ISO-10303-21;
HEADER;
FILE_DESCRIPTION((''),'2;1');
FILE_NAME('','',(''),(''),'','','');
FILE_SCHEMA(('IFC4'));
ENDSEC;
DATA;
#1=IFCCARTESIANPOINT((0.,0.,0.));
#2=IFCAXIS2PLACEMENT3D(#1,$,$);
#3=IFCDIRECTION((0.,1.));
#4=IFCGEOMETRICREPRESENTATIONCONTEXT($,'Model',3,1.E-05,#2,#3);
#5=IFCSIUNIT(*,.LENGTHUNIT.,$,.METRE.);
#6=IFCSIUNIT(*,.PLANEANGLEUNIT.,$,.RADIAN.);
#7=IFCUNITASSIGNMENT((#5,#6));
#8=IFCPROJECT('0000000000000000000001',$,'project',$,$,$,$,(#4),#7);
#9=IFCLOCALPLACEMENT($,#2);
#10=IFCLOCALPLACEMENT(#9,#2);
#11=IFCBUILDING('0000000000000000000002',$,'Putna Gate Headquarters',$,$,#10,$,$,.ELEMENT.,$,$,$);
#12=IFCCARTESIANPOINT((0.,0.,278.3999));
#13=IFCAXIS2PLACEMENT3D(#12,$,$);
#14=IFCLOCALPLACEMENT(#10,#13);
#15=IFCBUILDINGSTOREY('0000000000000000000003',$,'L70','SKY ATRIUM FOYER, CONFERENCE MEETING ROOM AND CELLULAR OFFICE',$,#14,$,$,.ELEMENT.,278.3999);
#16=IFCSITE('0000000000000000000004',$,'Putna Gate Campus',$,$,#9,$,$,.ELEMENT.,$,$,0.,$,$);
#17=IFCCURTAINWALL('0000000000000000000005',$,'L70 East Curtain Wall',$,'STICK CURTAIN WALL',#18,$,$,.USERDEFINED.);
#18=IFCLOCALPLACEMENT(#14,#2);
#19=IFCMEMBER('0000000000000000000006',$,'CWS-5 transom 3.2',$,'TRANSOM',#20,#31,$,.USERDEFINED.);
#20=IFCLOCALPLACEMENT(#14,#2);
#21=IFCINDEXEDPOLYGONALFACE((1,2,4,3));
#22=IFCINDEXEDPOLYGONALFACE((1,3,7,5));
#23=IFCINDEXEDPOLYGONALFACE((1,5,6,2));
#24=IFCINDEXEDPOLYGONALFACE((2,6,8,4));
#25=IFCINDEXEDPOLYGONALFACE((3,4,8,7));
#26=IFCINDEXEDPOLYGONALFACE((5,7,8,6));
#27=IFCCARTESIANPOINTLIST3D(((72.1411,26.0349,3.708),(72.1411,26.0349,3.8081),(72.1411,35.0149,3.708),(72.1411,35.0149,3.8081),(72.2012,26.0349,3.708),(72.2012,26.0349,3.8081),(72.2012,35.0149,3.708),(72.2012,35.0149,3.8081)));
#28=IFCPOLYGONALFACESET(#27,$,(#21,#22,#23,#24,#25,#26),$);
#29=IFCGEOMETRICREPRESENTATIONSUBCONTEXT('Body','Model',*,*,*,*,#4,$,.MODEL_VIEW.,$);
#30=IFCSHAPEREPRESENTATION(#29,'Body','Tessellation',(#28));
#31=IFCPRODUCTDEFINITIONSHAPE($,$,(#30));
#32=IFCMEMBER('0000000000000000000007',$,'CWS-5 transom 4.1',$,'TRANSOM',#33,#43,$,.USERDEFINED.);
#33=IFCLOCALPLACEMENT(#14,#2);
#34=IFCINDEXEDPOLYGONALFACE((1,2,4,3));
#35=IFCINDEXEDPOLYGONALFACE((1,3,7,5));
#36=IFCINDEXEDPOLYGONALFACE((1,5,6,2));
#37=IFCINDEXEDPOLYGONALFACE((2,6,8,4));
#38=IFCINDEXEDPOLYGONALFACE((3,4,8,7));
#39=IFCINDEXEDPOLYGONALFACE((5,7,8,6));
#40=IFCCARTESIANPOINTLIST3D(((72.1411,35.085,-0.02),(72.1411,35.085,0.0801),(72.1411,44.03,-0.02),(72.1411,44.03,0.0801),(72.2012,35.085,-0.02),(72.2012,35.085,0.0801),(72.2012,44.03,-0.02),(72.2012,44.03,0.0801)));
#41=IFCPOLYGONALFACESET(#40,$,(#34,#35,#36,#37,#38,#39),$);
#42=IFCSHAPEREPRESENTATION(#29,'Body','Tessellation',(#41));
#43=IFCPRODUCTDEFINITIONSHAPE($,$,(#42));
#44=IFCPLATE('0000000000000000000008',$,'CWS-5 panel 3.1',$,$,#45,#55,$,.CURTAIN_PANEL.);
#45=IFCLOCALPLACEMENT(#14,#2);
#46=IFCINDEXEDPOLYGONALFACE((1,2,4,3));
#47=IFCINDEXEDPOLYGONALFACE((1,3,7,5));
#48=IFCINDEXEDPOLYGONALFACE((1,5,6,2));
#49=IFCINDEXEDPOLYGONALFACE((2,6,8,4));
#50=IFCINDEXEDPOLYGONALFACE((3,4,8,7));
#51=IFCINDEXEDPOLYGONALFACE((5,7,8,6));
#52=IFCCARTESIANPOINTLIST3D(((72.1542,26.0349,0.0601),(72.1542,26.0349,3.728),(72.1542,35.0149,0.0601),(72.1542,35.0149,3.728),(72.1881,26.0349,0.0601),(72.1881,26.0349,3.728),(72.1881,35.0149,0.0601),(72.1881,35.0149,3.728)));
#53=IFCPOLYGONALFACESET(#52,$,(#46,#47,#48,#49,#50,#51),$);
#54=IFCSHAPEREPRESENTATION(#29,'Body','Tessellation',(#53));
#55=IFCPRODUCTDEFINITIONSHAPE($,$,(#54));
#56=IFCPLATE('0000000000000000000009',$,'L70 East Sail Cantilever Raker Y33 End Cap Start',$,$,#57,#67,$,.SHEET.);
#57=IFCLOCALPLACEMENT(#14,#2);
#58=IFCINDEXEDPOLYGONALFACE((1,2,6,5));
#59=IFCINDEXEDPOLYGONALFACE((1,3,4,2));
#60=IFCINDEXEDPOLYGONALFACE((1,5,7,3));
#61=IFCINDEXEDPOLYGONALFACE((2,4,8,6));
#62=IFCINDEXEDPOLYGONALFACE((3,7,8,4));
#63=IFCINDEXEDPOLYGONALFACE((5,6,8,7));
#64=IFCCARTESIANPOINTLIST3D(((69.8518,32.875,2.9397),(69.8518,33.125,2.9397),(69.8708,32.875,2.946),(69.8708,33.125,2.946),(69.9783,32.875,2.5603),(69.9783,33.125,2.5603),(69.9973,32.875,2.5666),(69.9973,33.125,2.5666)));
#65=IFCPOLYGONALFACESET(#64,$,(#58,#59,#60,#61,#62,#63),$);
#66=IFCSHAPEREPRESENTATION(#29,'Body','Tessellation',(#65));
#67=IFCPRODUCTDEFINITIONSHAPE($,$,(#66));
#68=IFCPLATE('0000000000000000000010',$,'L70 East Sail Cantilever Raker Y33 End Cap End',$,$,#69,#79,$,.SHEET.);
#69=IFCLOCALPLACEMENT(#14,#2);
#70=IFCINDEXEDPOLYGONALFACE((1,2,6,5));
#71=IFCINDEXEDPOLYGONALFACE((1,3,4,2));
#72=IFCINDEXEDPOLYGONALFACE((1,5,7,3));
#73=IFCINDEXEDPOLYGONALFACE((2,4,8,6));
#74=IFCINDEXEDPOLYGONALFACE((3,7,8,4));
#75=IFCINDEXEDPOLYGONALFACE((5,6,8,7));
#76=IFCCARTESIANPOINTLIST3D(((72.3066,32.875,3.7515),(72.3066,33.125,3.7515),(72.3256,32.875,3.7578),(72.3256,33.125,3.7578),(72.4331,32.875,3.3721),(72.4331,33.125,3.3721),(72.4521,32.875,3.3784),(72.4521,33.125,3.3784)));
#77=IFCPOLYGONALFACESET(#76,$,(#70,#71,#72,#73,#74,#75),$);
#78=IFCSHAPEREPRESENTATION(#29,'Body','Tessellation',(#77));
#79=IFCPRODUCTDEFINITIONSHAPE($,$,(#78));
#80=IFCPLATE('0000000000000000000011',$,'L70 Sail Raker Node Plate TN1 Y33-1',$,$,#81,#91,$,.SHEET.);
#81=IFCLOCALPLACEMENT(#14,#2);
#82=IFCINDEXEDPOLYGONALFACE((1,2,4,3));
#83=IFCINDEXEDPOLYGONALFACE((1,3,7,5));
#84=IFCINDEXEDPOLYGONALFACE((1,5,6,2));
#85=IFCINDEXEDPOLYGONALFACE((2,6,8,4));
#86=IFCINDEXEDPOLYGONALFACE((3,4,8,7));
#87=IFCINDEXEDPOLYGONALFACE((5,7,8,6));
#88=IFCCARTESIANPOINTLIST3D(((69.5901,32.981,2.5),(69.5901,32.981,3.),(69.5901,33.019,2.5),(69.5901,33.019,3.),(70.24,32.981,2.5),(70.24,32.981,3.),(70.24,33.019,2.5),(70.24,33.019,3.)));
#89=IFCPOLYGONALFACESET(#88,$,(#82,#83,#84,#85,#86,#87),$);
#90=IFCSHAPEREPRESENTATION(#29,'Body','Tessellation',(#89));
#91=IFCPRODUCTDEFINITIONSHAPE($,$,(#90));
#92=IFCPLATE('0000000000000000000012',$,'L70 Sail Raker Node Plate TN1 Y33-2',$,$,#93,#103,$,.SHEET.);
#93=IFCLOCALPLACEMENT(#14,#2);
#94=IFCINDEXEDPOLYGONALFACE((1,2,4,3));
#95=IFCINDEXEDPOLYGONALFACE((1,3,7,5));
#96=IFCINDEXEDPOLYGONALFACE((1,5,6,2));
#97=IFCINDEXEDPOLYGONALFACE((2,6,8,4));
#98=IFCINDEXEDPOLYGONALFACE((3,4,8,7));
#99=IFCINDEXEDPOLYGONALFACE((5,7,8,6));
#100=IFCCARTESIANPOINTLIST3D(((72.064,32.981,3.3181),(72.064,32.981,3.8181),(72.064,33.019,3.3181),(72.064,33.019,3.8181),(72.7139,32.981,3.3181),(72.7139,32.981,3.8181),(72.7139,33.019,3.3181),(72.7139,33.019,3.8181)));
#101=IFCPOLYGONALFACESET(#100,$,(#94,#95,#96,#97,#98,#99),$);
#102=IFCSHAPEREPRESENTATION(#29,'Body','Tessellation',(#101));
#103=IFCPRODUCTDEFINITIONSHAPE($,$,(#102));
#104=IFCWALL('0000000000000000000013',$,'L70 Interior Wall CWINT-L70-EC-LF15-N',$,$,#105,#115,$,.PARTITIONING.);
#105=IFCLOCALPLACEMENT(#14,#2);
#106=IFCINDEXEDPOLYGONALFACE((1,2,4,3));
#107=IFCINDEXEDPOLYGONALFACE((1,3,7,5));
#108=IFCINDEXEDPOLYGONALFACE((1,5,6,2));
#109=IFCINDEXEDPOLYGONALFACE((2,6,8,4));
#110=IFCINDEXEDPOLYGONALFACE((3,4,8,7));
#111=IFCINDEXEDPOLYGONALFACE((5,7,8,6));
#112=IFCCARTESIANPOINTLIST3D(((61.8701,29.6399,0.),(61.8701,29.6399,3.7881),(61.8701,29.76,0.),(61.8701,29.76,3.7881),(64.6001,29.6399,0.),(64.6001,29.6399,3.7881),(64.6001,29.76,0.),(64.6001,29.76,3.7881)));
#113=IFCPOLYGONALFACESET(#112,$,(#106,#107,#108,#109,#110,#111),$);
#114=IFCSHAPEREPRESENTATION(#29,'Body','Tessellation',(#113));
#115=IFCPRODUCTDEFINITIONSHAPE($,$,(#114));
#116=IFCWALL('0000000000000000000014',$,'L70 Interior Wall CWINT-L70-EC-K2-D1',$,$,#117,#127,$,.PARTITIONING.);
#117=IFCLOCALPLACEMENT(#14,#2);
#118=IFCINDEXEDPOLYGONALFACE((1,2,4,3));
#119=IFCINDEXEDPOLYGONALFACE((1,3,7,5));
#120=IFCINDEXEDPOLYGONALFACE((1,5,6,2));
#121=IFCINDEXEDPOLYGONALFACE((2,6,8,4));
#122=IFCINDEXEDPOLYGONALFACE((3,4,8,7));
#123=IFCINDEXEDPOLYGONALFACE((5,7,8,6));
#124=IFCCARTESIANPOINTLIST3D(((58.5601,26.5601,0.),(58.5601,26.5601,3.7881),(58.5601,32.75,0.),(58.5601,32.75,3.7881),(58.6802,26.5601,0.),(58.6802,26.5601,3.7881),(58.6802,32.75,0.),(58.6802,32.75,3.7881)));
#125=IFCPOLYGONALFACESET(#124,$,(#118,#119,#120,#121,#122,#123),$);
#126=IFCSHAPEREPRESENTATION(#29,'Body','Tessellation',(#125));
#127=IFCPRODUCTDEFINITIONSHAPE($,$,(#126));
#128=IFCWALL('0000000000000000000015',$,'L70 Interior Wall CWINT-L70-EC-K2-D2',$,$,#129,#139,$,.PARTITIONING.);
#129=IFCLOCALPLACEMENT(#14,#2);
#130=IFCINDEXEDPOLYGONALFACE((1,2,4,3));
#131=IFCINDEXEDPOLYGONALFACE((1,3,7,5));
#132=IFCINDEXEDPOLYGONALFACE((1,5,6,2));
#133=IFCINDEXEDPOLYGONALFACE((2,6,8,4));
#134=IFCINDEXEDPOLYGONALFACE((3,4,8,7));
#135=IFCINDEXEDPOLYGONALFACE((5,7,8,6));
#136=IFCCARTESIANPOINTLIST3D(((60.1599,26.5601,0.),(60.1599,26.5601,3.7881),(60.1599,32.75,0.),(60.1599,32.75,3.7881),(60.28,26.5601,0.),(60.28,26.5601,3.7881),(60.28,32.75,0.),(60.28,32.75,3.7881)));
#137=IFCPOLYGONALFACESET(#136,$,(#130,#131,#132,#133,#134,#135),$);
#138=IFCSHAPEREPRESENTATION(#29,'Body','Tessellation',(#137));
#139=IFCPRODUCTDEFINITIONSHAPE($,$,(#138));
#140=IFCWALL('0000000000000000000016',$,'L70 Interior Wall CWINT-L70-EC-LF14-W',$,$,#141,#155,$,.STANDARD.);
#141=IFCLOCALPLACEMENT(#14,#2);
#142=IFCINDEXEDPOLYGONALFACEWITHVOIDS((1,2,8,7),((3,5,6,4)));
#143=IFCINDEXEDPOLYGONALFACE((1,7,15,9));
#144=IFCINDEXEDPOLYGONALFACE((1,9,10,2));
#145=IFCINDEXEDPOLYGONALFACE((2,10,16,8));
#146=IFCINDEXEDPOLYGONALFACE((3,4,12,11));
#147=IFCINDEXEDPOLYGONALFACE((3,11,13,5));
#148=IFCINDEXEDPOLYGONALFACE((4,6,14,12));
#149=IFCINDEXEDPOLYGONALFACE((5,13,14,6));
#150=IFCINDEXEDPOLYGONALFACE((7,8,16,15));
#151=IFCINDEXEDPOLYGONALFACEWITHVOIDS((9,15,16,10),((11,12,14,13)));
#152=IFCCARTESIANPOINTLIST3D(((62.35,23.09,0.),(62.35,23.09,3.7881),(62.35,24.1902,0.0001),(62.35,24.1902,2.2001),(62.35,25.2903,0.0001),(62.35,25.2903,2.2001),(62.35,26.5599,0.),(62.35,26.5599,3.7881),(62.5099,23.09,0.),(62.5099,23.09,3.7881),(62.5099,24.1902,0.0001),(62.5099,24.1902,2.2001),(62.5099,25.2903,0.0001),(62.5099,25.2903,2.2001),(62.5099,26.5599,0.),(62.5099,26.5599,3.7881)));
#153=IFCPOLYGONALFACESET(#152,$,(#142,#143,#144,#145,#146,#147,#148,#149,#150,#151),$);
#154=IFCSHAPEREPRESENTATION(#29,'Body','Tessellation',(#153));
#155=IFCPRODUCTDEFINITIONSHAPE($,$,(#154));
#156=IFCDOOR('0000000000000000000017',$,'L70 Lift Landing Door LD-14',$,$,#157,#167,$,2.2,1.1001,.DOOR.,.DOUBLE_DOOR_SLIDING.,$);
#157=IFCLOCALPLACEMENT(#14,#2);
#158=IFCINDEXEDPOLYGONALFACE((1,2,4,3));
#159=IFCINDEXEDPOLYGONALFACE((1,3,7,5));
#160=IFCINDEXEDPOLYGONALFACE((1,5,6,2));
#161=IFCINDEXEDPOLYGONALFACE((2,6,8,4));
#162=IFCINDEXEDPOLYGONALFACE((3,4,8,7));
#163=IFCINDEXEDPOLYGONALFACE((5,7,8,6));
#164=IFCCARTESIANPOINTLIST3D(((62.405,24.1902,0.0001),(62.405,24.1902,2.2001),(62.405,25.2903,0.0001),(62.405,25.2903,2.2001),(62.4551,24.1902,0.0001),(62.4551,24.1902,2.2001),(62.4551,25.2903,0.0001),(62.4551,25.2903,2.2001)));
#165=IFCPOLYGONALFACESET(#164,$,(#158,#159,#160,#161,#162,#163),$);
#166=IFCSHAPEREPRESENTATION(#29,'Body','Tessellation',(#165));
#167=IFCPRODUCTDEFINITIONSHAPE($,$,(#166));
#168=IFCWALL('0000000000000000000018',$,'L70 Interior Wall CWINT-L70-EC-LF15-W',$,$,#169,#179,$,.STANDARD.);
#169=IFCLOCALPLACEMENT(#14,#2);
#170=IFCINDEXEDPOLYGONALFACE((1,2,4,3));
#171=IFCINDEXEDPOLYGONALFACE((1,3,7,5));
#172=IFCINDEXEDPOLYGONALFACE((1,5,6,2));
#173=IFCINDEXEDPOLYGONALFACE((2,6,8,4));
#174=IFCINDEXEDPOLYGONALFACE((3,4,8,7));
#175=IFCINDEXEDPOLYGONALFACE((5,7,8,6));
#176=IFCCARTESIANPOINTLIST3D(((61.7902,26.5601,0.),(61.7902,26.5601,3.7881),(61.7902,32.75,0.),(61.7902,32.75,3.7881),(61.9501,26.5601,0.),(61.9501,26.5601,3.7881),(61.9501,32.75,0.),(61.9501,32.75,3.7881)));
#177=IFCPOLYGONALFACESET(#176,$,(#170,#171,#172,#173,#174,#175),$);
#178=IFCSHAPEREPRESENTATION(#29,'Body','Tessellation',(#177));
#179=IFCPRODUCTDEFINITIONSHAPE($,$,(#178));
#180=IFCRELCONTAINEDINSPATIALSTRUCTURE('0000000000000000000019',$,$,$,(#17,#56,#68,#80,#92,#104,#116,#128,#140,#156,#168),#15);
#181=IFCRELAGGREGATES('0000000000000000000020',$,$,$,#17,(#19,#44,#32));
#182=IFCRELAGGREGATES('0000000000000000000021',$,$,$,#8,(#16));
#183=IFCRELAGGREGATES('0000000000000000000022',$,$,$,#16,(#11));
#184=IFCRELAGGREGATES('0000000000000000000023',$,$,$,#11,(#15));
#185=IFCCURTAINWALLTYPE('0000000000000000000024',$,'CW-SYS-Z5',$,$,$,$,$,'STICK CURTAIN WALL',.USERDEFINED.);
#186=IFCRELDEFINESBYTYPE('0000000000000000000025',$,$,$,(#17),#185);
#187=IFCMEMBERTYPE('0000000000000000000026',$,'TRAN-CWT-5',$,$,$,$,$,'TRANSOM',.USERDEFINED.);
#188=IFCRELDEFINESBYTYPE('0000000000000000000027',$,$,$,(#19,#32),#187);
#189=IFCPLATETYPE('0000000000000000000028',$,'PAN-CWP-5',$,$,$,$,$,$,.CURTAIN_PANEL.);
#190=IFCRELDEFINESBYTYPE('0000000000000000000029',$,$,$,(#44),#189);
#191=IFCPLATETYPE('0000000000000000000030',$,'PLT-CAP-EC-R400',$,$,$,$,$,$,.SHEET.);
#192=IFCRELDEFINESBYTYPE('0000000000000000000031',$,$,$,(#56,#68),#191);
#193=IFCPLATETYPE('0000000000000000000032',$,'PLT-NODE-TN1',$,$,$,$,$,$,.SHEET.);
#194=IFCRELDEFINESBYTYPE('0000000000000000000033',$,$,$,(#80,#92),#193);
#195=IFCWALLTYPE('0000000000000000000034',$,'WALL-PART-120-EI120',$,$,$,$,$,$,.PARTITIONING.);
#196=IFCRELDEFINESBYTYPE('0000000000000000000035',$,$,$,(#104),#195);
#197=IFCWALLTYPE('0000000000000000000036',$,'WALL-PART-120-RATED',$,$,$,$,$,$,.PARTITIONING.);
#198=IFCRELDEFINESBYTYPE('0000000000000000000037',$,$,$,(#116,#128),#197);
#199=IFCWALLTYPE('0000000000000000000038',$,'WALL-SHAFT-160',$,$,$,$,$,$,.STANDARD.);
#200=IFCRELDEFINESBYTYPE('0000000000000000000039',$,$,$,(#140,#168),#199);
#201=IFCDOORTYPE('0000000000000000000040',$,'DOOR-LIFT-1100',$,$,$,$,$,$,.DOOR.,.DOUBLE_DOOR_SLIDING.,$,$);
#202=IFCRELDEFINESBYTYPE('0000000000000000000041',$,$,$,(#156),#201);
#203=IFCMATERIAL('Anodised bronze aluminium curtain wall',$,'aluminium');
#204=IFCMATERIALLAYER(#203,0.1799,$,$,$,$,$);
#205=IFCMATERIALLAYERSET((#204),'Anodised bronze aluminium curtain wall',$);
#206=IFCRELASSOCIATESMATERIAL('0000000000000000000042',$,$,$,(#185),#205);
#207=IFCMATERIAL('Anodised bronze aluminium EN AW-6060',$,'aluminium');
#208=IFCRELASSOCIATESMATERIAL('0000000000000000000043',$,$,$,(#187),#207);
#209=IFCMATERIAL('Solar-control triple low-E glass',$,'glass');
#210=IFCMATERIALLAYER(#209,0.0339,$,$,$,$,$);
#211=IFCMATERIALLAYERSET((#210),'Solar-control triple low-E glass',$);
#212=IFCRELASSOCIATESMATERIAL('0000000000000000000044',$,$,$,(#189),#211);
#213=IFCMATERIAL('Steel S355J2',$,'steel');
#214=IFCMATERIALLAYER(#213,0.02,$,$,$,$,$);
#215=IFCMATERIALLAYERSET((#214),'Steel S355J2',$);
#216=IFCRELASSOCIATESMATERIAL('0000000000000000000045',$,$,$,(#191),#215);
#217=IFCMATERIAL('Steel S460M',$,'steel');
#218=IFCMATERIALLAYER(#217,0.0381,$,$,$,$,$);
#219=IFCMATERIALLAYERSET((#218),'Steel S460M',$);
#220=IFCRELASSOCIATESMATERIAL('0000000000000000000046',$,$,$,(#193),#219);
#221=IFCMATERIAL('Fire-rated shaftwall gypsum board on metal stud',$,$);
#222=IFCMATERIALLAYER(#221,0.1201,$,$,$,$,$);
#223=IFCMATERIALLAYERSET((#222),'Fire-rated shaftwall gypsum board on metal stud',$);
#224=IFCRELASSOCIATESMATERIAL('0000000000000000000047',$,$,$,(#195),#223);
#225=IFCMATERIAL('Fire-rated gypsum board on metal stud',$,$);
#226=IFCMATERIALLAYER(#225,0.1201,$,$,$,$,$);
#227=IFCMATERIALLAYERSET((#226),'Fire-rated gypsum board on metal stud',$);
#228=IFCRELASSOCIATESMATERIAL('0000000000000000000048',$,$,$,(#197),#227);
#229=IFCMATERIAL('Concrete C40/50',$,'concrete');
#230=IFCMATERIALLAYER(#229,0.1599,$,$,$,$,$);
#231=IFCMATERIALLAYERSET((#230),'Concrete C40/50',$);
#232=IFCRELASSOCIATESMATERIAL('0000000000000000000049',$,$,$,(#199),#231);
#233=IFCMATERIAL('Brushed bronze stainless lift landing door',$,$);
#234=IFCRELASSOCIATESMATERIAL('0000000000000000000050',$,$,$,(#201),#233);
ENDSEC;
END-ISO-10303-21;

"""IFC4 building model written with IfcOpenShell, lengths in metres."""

from ifc_helpers import new_model, si_unit, direction, frame, frame_2d, origin, origin_2d, place, context, subcontext, project, spatial, rectangle, extrude, material, layer, layer_set, material_profile, profile_set, type_object, element, fill, aggregate, save


model = new_model("IFC4")

# Units and contexts
model_context = context("Model", 3, precision=1e-05, world=origin(), true_north=direction((0.0, 1.0)))
body_context = subcontext(model_context, "Body", "Model", "MODEL_VIEW")
ifc_project = project(units=[si_unit("LENGTHUNIT", "METRE"), si_unit("PLANEANGLEUNIT", "RADIAN")], contexts=[model_context])

# Site, building, storey
site_placement = place(None, origin())
site = spatial("IfcSite", under=ifc_project, at=site_placement, Name="Putna Gate Campus", CompositionType="ELEMENT", RefElevation=0.0)
building_placement = place(site_placement, origin())
building = spatial("IfcBuilding", under=site, at=building_placement, Name="Putna Gate Headquarters", CompositionType="ELEMENT")
storey_placement = place(building_placement, frame((0.0, 0.0, 278.3999)))
storey = spatial("IfcBuildingStorey", under=building, at=storey_placement, Name="L70", Description="SKY ATRIUM FOYER, CONFERENCE MEETING ROOM AND CELLULAR OFFICE", CompositionType="ELEMENT", Elevation=278.3999)

# Shared definitions
ifc_material_1 = material(Name="Steel S460M", Category="steel")

# Shared definitions
ifc_material_2 = material(Name="Steel S355J2", Category="steel")

# Curtain wall, members, plate
ifc_material_3 = material(Name="Anodised bronze aluminium curtain wall", Category="aluminium")
ifc_layer_1 = layer(ifc_material_3, 0.1799)
ifc_layer_set_1 = layer_set([ifc_layer_1], Name="Anodised bronze aluminium curtain wall")
curtain_wall_type = type_object("IfcCurtainWallType", Name="CW-SYS-Z5", ElementType="STICK CURTAIN WALL", PredefinedType="USERDEFINED", material=ifc_layer_set_1)
curtain_wall_placement = place(storey_placement, origin())
curtain_wall = element("IfcCurtainWall", 1, at=curtain_wall_placement, inside=storey, type_object=curtain_wall_type, Name="L70 East Curtain Wall", ObjectType="STICK CURTAIN WALL", PredefinedType="USERDEFINED")
ifc_material_4 = material(Name="Anodised bronze aluminium EN AW-6060", Category="aluminium")
ifc_material_profile_1 = material_profile(ifc_material_4, rectangle(XDim=0.0601, YDim=0.1001, at=origin_2d()), Name="Anodised bronze aluminium EN AW-6060")
ifc_profile_set_1 = profile_set([ifc_material_profile_1], Name="Anodised bronze aluminium EN AW-6060")
member_type_1 = type_object("IfcMemberType", Name="TRAN-CWT-5", ElementType="TRANSOM", PredefinedType="USERDEFINED", material=ifc_profile_set_1)
member_1_placement = place(storey_placement, frame((72.1711, 26.0349, 3.7581), z_axis=(0.0, 1.0, 0.0), x_axis=(-1.0, 0.0, 0.0)))
member_1 = element("IfcMember", 2, at=member_1_placement, type_object=member_type_1, Name="CWS-5 transom 3.2", ObjectType="TRANSOM", PredefinedType="USERDEFINED", context=body_context, shape_type="SweptSolid", body=[
    extrude(rectangle(XDim=0.0601, YDim=0.1001, at=origin_2d()), origin(), (0.0, 0.0, 1.0), 8.98),
])
member_2_placement = place(storey_placement, frame((72.1711, 35.085, 0.03), z_axis=(0.0, 1.0, 0.0), x_axis=(-1.0, 0.0, 0.0)))
member_2 = element("IfcMember", 3, at=member_2_placement, type_object=member_type_1, Name="CWS-5 transom 4.1", ObjectType="TRANSOM", PredefinedType="USERDEFINED", context=body_context, shape_type="SweptSolid", body=[
    extrude(rectangle(XDim=0.0601, YDim=0.1001, at=origin_2d()), origin(), (0.0, 0.0, 1.0), 8.9451),
])
ifc_material_5 = material(Name="Solar-control triple low-E glass", Category="glass")
ifc_layer_2 = layer(ifc_material_5, 0.0339)
ifc_layer_set_2 = layer_set([ifc_layer_2], Name="Solar-control triple low-E glass")
plate_type_1 = type_object("IfcPlateType", Name="PAN-CWP-5", PredefinedType="CURTAIN_PANEL", material=ifc_layer_set_2)
plate_placement = place(storey_placement, frame((72.1711, 30.5249, 0.0601), z_axis=(0.0, 0.0, 1.0), x_axis=(0.0, 1.0, 0.0)))
plate = element("IfcPlate", 4, at=plate_placement, type_object=plate_type_1, Name="CWS-5 panel 3.1", PredefinedType="CURTAIN_PANEL", context=body_context, shape_type="SweptSolid", body=[
    extrude(rectangle(XDim=8.98, YDim=0.0339, at=origin_2d()), origin(), (0.0, 0.0, 1.0), 3.668),
])
aggregate(curtain_wall, [member_1, plate, member_2])

# Plates
ifc_layer_3 = layer(ifc_material_2, 0.02)
ifc_layer_set_3 = layer_set([ifc_layer_3], Name="Steel S355J2")
plate_type_2 = type_object("IfcPlateType", Name="PLT-CAP-EC-R400", PredefinedType="SHEET", material=ifc_layer_set_3)
for number, where, z_axis, x_axis, name in (
    (5, (69.915, 33.0, 2.75), (0.948683, 0.0, 0.316228), (0.0, 1.0, 0.0), "L70 East Sail Cantilever Raker Y33 End Cap Start"),
    (6, (72.3699, 33.0, 3.5618), (0.948683, 0.0, 0.316228), (0.0, 1.0, 0.0), "L70 East Sail Cantilever Raker Y33 End Cap End"),
):
    element("IfcPlate", number, at=place(storey_placement, frame(where, z_axis=z_axis, x_axis=x_axis)), inside=storey, type_object=plate_type_2, Name=name, PredefinedType="SHEET", context=body_context, shape_type="SweptSolid", body=[
        extrude(rectangle(XDim=0.25, YDim=0.3999, at=origin_2d()), origin(), (0.0, 0.0, 1.0), 0.02),
    ])
ifc_layer_4 = layer(ifc_material_1, 0.0381)
ifc_layer_set_4 = layer_set([ifc_layer_4], Name="Steel S460M")
plate_type_3 = type_object("IfcPlateType", Name="PLT-NODE-TN1", PredefinedType="SHEET", material=ifc_layer_set_4)
for number, where, z_axis, x_axis, name in (
    (7, (69.915, 33.0, 2.5), (0.0, 0.0, 1.0), (1.0, 0.0, 0.0), "L70 Sail Raker Node Plate TN1 Y33-1"),
    (8, (72.3889, 33.0, 3.3181), (0.0, 0.0, 1.0), (1.0, 0.0, 0.0), "L70 Sail Raker Node Plate TN1 Y33-2"),
):
    element("IfcPlate", number, at=place(storey_placement, frame(where, z_axis=z_axis, x_axis=x_axis)), inside=storey, type_object=plate_type_3, Name=name, PredefinedType="SHEET", context=body_context, shape_type="SweptSolid", body=[
        extrude(rectangle(XDim=0.6499, YDim=0.0381, at=origin_2d()), origin(), (0.0, 0.0, 1.0), 0.5),
    ])

# Walls
ifc_material_6 = material(Name="Fire-rated shaftwall gypsum board on metal stud")
ifc_layer_5 = layer(ifc_material_6, 0.1201)
ifc_layer_set_5 = layer_set([ifc_layer_5], Name="Fire-rated shaftwall gypsum board on metal stud")
wall_type_1 = type_object("IfcWallType", Name="WALL-PART-120-EI120", PredefinedType="PARTITIONING", material=ifc_layer_set_5)
wall_1_placement = place(storey_placement, frame((61.8701, 29.7, 0.0), z_axis=(0.0, 0.0, 1.0), x_axis=(1.0, 0.0, 0.0)))
element("IfcWall", 9, at=wall_1_placement, inside=storey, type_object=wall_type_1, Name="L70 Interior Wall CWINT-L70-EC-LF15-N", PredefinedType="PARTITIONING", context=body_context, shape_type="SweptSolid", body=[
    extrude(rectangle(XDim=2.73, YDim=0.1201, at=frame_2d((1.365, 0.0))), origin(), (0.0, 0.0, 1.0), 3.7881),
])
ifc_material_7 = material(Name="Fire-rated gypsum board on metal stud")
ifc_layer_6 = layer(ifc_material_7, 0.1201)
ifc_layer_set_6 = layer_set([ifc_layer_6], Name="Fire-rated gypsum board on metal stud")
wall_type_2 = type_object("IfcWallType", Name="WALL-PART-120-RATED", PredefinedType="PARTITIONING", material=ifc_layer_set_6)
for number, where, z_axis, x_axis, name in (
    (10, (58.6201, 26.5601, 0.0), (0.0, 0.0, 1.0), (0.0, 1.0, 0.0), "L70 Interior Wall CWINT-L70-EC-K2-D1"),
    (11, (60.22, 26.5601, 0.0), (0.0, 0.0, 1.0), (0.0, 1.0, 0.0), "L70 Interior Wall CWINT-L70-EC-K2-D2"),
):
    element("IfcWall", number, at=place(storey_placement, frame(where, z_axis=z_axis, x_axis=x_axis)), inside=storey, type_object=wall_type_2, Name=name, PredefinedType="PARTITIONING", context=body_context, shape_type="SweptSolid", body=[
        extrude(rectangle(XDim=6.1899, YDim=0.1201, at=frame_2d((3.095, 0.0))), origin(), (0.0, 0.0, 1.0), 3.7881),
    ])

# Wall, opening, door
ifc_material_8 = material(Name="Concrete C40/50", Category="concrete")
ifc_layer_7 = layer(ifc_material_8, 0.1599)
ifc_layer_set_7 = layer_set([ifc_layer_7], Name="Concrete C40/50")
wall_type_3 = type_object("IfcWallType", Name="WALL-SHAFT-160", PredefinedType="STANDARD", material=ifc_layer_set_7)
wall_2_placement = place(storey_placement, frame((62.4299, 23.0901, 0.0), z_axis=(0.0, 0.0, 1.0), x_axis=(0.0, 1.0, 0.0)))
wall_2 = element("IfcWall", 12, at=wall_2_placement, inside=storey, type_object=wall_type_3, Name="L70 Interior Wall CWINT-L70-EC-LF14-W", PredefinedType="STANDARD", context=body_context, shape_type="SweptSolid", body=[
    extrude(rectangle(XDim=3.47, YDim=0.1599, at=frame_2d((1.7349, 0.0))), origin(), (0.0, 0.0, 1.0), 3.7881),
])
opening_placement = place(wall_2_placement, frame((1.1001, 0.0, 0.0)))
opening = element("IfcOpeningElement", 13, at=opening_placement, cuts=wall_2, PredefinedType="OPENING", context=body_context, shape_type="SweptSolid", body=[
    extrude(rectangle(XDim=1.1001, YDim=2.2, at=frame_2d((0.55, 1.1001))), frame((0.0, 0.0898, 0.0), z_axis=(0.0, -1.0, 0.0), x_axis=(1.0, 0.0, 0.0)), (0.0, 0.0, 1.0), 0.1799),
])
ifc_material_9 = material(Name="Brushed bronze stainless lift landing door")
door_type = type_object("IfcDoorType", Name="DOOR-LIFT-1100", OperationType="DOUBLE_DOOR_SLIDING", PredefinedType="DOOR", material=ifc_material_9)
door_placement = place(opening_placement, origin())
door = element("IfcDoor", 14, at=door_placement, inside=storey, type_object=door_type, Name="L70 Lift Landing Door LD-14", OperationType="DOUBLE_DOOR_SLIDING", OverallHeight=2.2, OverallWidth=1.1001, PredefinedType="DOOR", context=body_context, shape_type="SweptSolid", body=[
    extrude(rectangle(XDim=1.1001, YDim=2.2, at=frame_2d((0.55, 1.1001))), frame((0.0, 0.0249, 0.0), z_axis=(0.0, -1.0, 0.0), x_axis=(1.0, 0.0, 0.0)), (0.0, 0.0, 1.0), 0.05),
])
fill(opening, door)

# Wall
wall_3_placement = place(storey_placement, frame((61.8701, 26.5601, 0.0), z_axis=(0.0, 0.0, 1.0), x_axis=(0.0, 1.0, 0.0)))
element("IfcWall", 15, at=wall_3_placement, inside=storey, type_object=wall_type_3, Name="L70 Interior Wall CWINT-L70-EC-LF15-W", PredefinedType="STANDARD", context=body_context, shape_type="SweptSolid", body=[
    extrude(rectangle(XDim=6.1899, YDim=0.1599, at=frame_2d((3.095, 0.0))), origin(), (0.0, 0.0, 1.0), 3.7881),
])

save(model, "model.ifc")
